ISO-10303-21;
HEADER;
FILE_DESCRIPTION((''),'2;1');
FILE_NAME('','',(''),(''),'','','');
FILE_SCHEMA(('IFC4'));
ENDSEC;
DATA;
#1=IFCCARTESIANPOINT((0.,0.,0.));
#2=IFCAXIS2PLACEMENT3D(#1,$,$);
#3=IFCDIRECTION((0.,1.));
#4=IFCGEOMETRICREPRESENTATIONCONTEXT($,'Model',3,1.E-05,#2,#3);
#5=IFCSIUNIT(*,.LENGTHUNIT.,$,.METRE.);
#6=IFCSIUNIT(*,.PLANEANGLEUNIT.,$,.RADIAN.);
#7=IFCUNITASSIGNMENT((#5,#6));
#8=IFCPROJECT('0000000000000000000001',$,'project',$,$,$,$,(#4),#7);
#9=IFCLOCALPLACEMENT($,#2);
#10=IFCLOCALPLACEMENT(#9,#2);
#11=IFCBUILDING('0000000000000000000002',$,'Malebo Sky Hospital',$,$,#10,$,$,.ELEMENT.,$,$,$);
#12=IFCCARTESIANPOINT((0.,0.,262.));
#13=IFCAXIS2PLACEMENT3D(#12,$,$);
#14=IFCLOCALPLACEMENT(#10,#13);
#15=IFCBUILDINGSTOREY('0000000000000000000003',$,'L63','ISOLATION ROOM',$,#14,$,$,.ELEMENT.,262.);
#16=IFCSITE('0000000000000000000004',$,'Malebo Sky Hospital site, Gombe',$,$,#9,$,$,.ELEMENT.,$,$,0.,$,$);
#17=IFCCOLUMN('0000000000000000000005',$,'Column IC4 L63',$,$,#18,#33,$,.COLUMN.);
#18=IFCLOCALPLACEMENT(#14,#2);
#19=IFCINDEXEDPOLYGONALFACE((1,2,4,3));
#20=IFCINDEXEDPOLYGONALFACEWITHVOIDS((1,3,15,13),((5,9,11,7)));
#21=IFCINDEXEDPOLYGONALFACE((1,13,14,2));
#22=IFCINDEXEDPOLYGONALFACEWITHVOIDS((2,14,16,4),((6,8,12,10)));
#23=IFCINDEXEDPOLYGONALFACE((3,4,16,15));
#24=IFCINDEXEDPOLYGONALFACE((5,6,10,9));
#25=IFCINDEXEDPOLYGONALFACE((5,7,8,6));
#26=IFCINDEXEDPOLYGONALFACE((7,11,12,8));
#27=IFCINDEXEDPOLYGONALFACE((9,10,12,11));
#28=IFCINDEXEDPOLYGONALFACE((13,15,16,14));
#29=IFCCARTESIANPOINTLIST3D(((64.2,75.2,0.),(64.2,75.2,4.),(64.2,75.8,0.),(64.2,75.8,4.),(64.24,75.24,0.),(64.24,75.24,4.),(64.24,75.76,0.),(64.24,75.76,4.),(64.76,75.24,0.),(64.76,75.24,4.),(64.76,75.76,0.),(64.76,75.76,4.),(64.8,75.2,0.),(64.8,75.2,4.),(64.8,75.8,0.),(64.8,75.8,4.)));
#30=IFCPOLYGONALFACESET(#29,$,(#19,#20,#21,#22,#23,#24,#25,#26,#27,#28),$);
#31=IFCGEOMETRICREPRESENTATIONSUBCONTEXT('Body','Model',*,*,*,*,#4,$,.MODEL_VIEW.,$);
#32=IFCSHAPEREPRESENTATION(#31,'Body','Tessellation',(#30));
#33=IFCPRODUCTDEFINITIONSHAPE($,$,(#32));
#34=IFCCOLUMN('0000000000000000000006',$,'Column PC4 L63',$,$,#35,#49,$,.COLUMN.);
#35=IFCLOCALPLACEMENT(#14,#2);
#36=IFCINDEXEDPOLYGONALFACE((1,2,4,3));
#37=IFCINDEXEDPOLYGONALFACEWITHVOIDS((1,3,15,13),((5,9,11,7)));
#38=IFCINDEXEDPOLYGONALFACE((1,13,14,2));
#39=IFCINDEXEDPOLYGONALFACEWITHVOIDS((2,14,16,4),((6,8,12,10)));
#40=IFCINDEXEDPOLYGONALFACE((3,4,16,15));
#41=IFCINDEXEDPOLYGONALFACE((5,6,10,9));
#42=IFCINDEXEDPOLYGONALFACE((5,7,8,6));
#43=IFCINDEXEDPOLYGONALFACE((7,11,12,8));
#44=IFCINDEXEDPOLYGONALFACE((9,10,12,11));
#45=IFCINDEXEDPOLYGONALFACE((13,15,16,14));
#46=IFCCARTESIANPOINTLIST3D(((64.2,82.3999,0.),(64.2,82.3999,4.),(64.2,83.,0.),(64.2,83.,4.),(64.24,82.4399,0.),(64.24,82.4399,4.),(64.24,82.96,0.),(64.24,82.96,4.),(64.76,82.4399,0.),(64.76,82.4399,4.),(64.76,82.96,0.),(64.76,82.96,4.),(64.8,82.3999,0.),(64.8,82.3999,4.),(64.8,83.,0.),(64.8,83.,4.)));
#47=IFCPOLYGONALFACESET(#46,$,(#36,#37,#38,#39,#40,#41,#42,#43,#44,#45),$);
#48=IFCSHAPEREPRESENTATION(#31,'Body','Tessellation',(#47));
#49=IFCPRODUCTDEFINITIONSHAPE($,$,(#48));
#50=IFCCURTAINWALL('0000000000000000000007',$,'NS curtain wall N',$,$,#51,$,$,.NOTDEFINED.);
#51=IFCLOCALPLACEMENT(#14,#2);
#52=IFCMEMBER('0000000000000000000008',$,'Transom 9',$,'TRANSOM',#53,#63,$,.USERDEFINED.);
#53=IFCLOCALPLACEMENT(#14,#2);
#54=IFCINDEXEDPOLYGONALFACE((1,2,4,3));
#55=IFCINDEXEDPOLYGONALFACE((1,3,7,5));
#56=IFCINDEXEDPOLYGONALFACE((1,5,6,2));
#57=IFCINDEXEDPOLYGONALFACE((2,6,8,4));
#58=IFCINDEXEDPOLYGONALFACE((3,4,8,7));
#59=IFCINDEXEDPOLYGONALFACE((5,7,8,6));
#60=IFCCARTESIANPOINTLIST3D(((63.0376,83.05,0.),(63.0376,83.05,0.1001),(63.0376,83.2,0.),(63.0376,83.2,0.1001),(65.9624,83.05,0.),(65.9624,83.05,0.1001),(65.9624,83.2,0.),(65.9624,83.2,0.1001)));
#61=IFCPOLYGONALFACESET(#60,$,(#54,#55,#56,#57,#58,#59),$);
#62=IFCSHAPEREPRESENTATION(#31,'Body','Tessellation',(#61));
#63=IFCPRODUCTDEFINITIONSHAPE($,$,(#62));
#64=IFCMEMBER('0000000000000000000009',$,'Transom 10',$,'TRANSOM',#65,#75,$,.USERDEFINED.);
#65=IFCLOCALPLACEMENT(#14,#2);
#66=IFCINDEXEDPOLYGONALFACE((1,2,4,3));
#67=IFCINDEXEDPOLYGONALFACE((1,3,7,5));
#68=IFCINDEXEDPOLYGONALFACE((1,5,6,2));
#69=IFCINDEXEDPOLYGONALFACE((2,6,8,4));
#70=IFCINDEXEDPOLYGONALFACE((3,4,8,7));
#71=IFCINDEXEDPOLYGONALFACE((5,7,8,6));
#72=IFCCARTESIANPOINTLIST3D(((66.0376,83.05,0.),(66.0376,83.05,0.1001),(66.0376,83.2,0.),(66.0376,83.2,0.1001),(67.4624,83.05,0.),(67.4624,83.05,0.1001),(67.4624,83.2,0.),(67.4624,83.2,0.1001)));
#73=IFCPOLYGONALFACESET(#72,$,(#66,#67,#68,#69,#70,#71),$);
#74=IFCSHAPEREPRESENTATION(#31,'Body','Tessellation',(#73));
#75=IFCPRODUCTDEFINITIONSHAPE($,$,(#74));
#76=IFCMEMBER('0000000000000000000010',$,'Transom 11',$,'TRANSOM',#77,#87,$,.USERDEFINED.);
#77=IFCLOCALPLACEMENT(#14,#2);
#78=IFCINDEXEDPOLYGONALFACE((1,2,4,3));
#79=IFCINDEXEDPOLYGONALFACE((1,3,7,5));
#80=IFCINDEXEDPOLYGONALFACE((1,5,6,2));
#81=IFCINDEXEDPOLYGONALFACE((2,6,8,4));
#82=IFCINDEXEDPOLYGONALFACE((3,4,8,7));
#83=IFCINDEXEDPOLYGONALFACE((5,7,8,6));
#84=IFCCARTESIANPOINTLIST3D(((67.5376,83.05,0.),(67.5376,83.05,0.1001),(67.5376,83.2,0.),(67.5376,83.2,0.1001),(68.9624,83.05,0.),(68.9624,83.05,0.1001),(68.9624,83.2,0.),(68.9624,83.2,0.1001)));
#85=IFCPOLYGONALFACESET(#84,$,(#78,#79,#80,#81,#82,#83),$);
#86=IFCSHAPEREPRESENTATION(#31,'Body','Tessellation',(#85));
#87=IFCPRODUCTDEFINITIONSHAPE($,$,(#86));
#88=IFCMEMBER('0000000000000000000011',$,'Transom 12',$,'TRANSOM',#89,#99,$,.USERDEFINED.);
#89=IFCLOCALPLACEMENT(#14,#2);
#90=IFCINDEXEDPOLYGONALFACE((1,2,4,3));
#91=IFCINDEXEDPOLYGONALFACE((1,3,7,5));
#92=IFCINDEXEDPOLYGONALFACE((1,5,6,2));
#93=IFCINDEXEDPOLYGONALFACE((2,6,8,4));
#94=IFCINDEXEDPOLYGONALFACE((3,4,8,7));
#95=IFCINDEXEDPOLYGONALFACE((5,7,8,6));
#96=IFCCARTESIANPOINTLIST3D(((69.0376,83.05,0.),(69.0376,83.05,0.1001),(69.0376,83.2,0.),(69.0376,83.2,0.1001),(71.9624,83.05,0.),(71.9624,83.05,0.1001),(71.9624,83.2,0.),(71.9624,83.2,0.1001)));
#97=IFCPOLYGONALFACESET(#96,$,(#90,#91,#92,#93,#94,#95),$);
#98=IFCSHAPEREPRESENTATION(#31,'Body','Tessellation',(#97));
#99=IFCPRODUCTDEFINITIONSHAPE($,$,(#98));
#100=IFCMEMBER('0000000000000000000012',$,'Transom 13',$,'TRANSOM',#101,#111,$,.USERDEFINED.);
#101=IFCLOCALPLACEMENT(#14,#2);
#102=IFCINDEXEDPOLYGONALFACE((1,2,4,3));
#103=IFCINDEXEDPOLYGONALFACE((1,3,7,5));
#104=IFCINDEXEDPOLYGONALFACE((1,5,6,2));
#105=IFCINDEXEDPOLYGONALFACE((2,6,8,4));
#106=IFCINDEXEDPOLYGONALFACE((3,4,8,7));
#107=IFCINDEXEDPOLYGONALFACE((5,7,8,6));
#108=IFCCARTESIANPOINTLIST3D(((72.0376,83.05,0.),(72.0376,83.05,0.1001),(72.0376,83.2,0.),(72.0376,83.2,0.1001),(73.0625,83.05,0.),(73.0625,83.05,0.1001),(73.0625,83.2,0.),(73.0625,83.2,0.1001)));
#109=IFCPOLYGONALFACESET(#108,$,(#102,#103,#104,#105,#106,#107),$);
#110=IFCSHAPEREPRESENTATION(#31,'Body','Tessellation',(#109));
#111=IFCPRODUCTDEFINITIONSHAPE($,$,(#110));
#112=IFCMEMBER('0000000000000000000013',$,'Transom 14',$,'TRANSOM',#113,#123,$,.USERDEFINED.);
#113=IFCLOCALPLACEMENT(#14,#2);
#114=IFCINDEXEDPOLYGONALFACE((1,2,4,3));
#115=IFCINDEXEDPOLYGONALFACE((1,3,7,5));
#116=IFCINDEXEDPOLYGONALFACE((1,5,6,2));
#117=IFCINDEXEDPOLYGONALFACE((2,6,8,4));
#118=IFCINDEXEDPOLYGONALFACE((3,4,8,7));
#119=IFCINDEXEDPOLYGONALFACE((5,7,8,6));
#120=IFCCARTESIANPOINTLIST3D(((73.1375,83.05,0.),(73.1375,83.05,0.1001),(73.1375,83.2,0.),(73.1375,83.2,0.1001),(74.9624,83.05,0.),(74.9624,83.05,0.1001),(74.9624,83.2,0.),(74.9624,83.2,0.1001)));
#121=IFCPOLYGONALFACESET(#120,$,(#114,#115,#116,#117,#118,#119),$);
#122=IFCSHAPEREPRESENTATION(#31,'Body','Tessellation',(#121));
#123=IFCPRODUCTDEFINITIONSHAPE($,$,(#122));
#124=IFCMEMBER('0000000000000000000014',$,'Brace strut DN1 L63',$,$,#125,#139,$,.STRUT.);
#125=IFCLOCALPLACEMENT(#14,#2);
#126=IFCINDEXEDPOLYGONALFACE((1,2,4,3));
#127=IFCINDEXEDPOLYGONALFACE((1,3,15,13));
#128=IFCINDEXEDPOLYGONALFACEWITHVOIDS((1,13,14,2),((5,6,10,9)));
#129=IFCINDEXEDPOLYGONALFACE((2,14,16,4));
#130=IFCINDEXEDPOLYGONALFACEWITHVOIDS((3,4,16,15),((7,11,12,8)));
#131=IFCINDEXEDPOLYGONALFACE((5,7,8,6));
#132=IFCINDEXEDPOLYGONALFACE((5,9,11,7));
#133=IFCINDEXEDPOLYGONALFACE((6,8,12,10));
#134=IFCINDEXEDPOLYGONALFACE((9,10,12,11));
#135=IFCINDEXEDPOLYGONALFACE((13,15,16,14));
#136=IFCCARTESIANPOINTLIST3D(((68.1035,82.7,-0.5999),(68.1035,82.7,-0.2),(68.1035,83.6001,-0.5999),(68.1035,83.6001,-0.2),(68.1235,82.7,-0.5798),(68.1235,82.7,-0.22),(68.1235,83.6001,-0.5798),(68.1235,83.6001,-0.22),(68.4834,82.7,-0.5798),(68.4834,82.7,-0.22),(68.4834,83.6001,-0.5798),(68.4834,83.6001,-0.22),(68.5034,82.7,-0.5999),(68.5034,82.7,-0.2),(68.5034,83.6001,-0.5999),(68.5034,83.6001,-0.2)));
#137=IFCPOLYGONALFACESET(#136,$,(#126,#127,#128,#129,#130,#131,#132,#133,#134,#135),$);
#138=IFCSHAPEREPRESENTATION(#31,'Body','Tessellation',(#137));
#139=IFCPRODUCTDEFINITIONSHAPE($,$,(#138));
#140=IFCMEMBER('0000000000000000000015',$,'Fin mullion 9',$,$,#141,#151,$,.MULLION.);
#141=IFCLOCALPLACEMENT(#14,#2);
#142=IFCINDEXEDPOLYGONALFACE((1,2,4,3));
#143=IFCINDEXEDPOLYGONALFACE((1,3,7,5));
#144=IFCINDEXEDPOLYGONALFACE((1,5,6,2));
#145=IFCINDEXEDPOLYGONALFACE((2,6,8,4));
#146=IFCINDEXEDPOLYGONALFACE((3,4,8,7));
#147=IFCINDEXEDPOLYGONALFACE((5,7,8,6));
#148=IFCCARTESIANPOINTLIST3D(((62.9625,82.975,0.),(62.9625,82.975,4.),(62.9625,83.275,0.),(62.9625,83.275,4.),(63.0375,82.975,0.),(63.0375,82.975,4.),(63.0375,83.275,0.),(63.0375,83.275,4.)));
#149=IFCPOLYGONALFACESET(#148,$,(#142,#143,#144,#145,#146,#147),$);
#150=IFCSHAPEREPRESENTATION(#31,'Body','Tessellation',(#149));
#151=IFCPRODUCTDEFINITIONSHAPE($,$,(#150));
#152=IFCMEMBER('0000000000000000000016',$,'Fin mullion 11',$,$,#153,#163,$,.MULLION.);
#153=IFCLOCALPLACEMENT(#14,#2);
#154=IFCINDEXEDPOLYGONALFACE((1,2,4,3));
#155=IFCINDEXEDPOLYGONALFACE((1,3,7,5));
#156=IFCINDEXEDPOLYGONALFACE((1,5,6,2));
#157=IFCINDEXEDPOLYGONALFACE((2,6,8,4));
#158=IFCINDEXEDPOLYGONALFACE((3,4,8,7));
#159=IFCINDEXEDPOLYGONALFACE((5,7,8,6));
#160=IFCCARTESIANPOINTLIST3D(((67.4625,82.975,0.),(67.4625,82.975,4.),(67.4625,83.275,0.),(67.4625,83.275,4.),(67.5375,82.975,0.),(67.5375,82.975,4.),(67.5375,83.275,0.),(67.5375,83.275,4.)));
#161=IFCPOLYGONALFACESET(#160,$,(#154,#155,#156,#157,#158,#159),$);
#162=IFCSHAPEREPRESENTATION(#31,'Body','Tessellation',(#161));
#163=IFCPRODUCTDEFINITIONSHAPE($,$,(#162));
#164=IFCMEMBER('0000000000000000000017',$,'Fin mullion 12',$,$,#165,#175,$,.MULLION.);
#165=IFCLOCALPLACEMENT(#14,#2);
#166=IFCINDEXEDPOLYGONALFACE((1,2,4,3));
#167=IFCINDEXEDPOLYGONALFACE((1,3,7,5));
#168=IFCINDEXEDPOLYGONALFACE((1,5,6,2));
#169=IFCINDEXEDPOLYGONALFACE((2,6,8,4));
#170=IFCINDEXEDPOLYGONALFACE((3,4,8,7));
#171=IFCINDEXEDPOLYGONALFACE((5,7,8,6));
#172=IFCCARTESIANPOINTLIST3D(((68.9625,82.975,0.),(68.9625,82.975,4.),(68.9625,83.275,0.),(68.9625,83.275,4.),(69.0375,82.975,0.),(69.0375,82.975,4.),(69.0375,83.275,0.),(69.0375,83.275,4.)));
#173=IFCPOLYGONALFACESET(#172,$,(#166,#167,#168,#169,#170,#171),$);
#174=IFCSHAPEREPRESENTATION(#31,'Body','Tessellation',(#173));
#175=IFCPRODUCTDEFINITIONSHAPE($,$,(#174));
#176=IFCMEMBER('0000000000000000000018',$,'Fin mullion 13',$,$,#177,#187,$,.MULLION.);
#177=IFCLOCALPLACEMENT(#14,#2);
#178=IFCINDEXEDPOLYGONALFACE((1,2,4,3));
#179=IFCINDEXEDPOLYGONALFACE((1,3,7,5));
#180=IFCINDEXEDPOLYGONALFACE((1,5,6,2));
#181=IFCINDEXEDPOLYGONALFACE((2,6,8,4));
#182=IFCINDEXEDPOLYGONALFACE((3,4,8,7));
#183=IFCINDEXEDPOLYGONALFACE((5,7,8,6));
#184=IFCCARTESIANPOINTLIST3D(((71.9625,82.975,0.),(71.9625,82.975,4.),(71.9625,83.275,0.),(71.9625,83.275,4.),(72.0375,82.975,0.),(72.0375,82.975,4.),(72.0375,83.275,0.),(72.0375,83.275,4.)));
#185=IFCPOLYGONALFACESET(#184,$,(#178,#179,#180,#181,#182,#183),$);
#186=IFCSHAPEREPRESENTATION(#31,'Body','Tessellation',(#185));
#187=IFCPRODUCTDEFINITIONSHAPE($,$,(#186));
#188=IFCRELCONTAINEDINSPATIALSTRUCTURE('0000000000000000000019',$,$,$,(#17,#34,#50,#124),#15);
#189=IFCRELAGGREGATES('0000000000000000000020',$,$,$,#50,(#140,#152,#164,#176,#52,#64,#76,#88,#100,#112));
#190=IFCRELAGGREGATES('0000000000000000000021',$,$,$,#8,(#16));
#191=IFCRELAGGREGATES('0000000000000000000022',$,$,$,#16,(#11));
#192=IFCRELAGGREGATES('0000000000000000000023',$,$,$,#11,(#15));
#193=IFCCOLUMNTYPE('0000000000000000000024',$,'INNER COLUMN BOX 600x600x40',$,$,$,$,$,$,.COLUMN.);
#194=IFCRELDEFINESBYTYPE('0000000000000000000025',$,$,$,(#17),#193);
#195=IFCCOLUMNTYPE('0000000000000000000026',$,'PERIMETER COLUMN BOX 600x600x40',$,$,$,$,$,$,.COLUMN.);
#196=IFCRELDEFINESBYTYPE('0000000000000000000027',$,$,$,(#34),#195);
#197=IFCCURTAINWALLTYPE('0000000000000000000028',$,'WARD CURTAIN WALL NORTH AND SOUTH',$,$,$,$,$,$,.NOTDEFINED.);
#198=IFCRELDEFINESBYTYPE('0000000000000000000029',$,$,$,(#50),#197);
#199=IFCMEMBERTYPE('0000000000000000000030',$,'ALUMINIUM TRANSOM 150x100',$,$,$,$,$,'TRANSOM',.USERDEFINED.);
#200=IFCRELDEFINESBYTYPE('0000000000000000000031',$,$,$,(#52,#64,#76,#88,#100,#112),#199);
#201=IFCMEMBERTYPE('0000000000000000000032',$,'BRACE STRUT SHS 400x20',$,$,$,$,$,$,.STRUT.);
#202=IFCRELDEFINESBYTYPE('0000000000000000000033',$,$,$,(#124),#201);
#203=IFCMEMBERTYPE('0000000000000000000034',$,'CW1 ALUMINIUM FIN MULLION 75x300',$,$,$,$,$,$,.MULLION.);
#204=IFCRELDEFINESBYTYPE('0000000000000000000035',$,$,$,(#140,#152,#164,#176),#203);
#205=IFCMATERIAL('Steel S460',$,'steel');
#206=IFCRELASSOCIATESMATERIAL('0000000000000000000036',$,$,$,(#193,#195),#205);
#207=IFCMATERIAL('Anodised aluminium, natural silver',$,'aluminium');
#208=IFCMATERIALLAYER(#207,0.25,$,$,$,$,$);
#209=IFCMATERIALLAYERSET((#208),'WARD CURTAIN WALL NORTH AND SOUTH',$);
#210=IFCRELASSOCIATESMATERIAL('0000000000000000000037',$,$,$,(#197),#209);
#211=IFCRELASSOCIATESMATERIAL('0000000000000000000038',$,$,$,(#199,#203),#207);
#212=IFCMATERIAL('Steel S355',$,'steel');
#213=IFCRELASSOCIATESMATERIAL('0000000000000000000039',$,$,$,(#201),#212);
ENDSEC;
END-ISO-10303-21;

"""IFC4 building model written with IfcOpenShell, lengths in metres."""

from ifc_helpers import new_model, si_unit, direction, frame, origin, origin_2d, place, context, subcontext, project, spatial, rectangle, hollow_rectangle, extrude, material, layer, layer_set, material_profile, profile_set, type_object, element, aggregate, save


model = new_model("IFC4")

# Units and contexts
model_context = context("Model", 3, precision=1e-05, world=origin(), true_north=direction((0.0, 1.0)))
body_context = subcontext(model_context, "Body", "Model", "MODEL_VIEW")
ifc_project = project(units=[si_unit("LENGTHUNIT", "METRE"), si_unit("PLANEANGLEUNIT", "RADIAN")], contexts=[model_context])

# Site, building, storey
site_placement = place(None, origin())
site = spatial("IfcSite", under=ifc_project, at=site_placement, Name="Malebo Sky Hospital site, Gombe", CompositionType="ELEMENT", RefElevation=0.0)
building_placement = place(site_placement, origin())
building = spatial("IfcBuilding", under=site, at=building_placement, Name="Malebo Sky Hospital", CompositionType="ELEMENT")
storey_placement = place(building_placement, frame((0.0, 0.0, 262.0)))
storey = spatial("IfcBuildingStorey", under=building, at=storey_placement, Name="L63", Description="ISOLATION ROOM", CompositionType="ELEMENT", Elevation=262.0)

# Columns
ifc_material_1 = material(Name="Steel S460", Category="steel")
ifc_material_profile_1 = material_profile(ifc_material_1, hollow_rectangle(XDim=0.6001, YDim=0.6001, WallThickness=0.04, at=origin_2d()), Name="BOX 600x600x40")
ifc_profile_set_1 = profile_set([ifc_material_profile_1], Name="Steel S460")
column_type_1 = type_object("IfcColumnType", Name="INNER COLUMN BOX 600x600x40", PredefinedType="COLUMN", material=ifc_profile_set_1)
column_1_placement = place(storey_placement, frame((64.5, 75.5, 0.0), z_axis=(0.0, 0.0, 1.0), x_axis=(1.0, 0.0, 0.0)))
element("IfcColumn", 1, at=column_1_placement, inside=storey, type_object=column_type_1, Name="Column IC4 L63", PredefinedType="COLUMN", context=body_context, shape_type="SweptSolid", body=[
    extrude(hollow_rectangle(XDim=0.6001, YDim=0.6001, WallThickness=0.04, at=origin_2d()), origin(), (0.0, 0.0, 1.0), 4.0),
])
ifc_material_profile_2 = material_profile(ifc_material_1, hollow_rectangle(XDim=0.6001, YDim=0.6001, WallThickness=0.04, at=origin_2d()), Name="BOX 600x600x40")
ifc_profile_set_2 = profile_set([ifc_material_profile_2], Name="Steel S460")
column_type_2 = type_object("IfcColumnType", Name="PERIMETER COLUMN BOX 600x600x40", PredefinedType="COLUMN", material=ifc_profile_set_2)
column_2_placement = place(storey_placement, frame((64.5, 82.7, 0.0), z_axis=(0.0, 0.0, 1.0), x_axis=(1.0, 0.0, 0.0)))
element("IfcColumn", 2, at=column_2_placement, inside=storey, type_object=column_type_2, Name="Column PC4 L63", PredefinedType="COLUMN", context=body_context, shape_type="SweptSolid", body=[
    extrude(hollow_rectangle(XDim=0.6001, YDim=0.6001, WallThickness=0.04, at=origin_2d()), origin(), (0.0, 0.0, 1.0), 4.0),
])

# Curtain wall, members
ifc_material_2 = material(Name="Anodised aluminium, natural silver", Category="aluminium")
ifc_layer_1 = layer(ifc_material_2, 0.25)
ifc_layer_set_1 = layer_set([ifc_layer_1], Name="WARD CURTAIN WALL NORTH AND SOUTH")
curtain_wall_type = type_object("IfcCurtainWallType", Name="WARD CURTAIN WALL NORTH AND SOUTH", PredefinedType="NOTDEFINED", material=ifc_layer_set_1)
curtain_wall_placement = place(storey_placement, origin())
curtain_wall = element("IfcCurtainWall", 3, at=curtain_wall_placement, inside=storey, type_object=curtain_wall_type, Name="NS curtain wall N", PredefinedType="NOTDEFINED")
ifc_material_profile_3 = material_profile(ifc_material_2, rectangle(XDim=0.1499, YDim=0.1001, at=origin_2d()), Name="ALUMINIUM TRANSOM 150x100")
ifc_profile_set_3 = profile_set([ifc_material_profile_3], Name="Anodised aluminium, natural silver")
member_type_1 = type_object("IfcMemberType", Name="ALUMINIUM TRANSOM 150x100", ElementType="TRANSOM", PredefinedType="USERDEFINED", material=ifc_profile_set_3)
member_1_placement = place(storey_placement, frame((63.0376, 83.125, 0.05), z_axis=(1.0, 0.0, 0.0), x_axis=(0.0, 1.0, 0.0)))
member_1 = element("IfcMember", 4, at=member_1_placement, type_object=member_type_1, Name="Transom 9", ObjectType="TRANSOM", PredefinedType="USERDEFINED", context=body_context, shape_type="SweptSolid", body=[
    extrude(rectangle(XDim=0.1499, YDim=0.1001, at=origin_2d()), origin(), (0.0, 0.0, 1.0), 2.9248),
])
member_2_placement = place(storey_placement, frame((66.0376, 83.125, 0.05), z_axis=(1.0, 0.0, 0.0), x_axis=(0.0, 1.0, 0.0)))
member_2 = element("IfcMember", 5, at=member_2_placement, type_object=member_type_1, Name="Transom 10", ObjectType="TRANSOM", PredefinedType="USERDEFINED", context=body_context, shape_type="SweptSolid", body=[
    extrude(rectangle(XDim=0.1499, YDim=0.1001, at=origin_2d()), origin(), (0.0, 0.0, 1.0), 1.4248),
])
member_3_placement = place(storey_placement, frame((67.5376, 83.125, 0.05), z_axis=(1.0, 0.0, 0.0), x_axis=(0.0, 1.0, 0.0)))
member_3 = element("IfcMember", 6, at=member_3_placement, type_object=member_type_1, Name="Transom 11", ObjectType="TRANSOM", PredefinedType="USERDEFINED", context=body_context, shape_type="SweptSolid", body=[
    extrude(rectangle(XDim=0.1499, YDim=0.1001, at=origin_2d()), origin(), (0.0, 0.0, 1.0), 1.4248),
])
member_4_placement = place(storey_placement, frame((69.0376, 83.125, 0.05), z_axis=(1.0, 0.0, 0.0), x_axis=(0.0, 1.0, 0.0)))
member_4 = element("IfcMember", 7, at=member_4_placement, type_object=member_type_1, Name="Transom 12", ObjectType="TRANSOM", PredefinedType="USERDEFINED", context=body_context, shape_type="SweptSolid", body=[
    extrude(rectangle(XDim=0.1499, YDim=0.1001, at=origin_2d()), origin(), (0.0, 0.0, 1.0), 2.9248),
])
member_5_placement = place(storey_placement, frame((72.0376, 83.125, 0.05), z_axis=(1.0, 0.0, 0.0), x_axis=(0.0, 1.0, 0.0)))
member_5 = element("IfcMember", 8, at=member_5_placement, type_object=member_type_1, Name="Transom 13", ObjectType="TRANSOM", PredefinedType="USERDEFINED", context=body_context, shape_type="SweptSolid", body=[
    extrude(rectangle(XDim=0.1499, YDim=0.1001, at=origin_2d()), origin(), (0.0, 0.0, 1.0), 1.0249),
])
member_6_placement = place(storey_placement, frame((73.1375, 83.125, 0.05), z_axis=(1.0, 0.0, 0.0), x_axis=(0.0, 1.0, 0.0)))
member_6 = element("IfcMember", 9, at=member_6_placement, type_object=member_type_1, Name="Transom 14", ObjectType="TRANSOM", PredefinedType="USERDEFINED", context=body_context, shape_type="SweptSolid", body=[
    extrude(rectangle(XDim=0.1499, YDim=0.1001, at=origin_2d()), origin(), (0.0, 0.0, 1.0), 1.825),
])

# Members
ifc_material_3 = material(Name="Steel S355", Category="steel")
ifc_material_profile_4 = material_profile(ifc_material_3, hollow_rectangle(XDim=0.3999, YDim=0.3999, WallThickness=0.02, at=origin_2d()), Name="SHS 400x20")
ifc_profile_set_4 = profile_set([ifc_material_profile_4], Name="Steel S355")
member_type_2 = type_object("IfcMemberType", Name="BRACE STRUT SHS 400x20", PredefinedType="STRUT", material=ifc_profile_set_4)
member_7_placement = place(storey_placement, frame((68.3035, 83.6001, -0.3999), z_axis=(0.0, -1.0, 0.0), x_axis=(1.0, 0.0, 0.0)))
element("IfcMember", 10, at=member_7_placement, inside=storey, type_object=member_type_2, Name="Brace strut DN1 L63", PredefinedType="STRUT", context=body_context, shape_type="SweptSolid", body=[
    extrude(hollow_rectangle(XDim=0.3999, YDim=0.3999, WallThickness=0.02, at=origin_2d()), origin(), (0.0, 0.0, 1.0), 0.9001),
])
ifc_material_profile_5 = material_profile(ifc_material_2, rectangle(XDim=0.075, YDim=0.3, at=origin_2d()), Name="CW1 ALUMINIUM FIN MULLION 75x300")
ifc_profile_set_5 = profile_set([ifc_material_profile_5], Name="Anodised aluminium, natural silver")
member_type_3 = type_object("IfcMemberType", Name="CW1 ALUMINIUM FIN MULLION 75x300", PredefinedType="MULLION", material=ifc_profile_set_5)
member_8_placement = place(storey_placement, frame((63.0, 83.125, 0.0), z_axis=(0.0, 0.0, 1.0), x_axis=(1.0, 0.0, 0.0)))
member_8 = element("IfcMember", 11, at=member_8_placement, type_object=member_type_3, Name="Fin mullion 9", PredefinedType="MULLION", context=body_context, shape_type="SweptSolid", body=[
    extrude(rectangle(XDim=0.075, YDim=0.3, at=origin_2d()), origin(), (0.0, 0.0, 1.0), 4.0),
])
member_9_placement = place(storey_placement, frame((67.5, 83.125, 0.0), z_axis=(0.0, 0.0, 1.0), x_axis=(1.0, 0.0, 0.0)))
member_9 = element("IfcMember", 12, at=member_9_placement, type_object=member_type_3, Name="Fin mullion 11", PredefinedType="MULLION", context=body_context, shape_type="SweptSolid", body=[
    extrude(rectangle(XDim=0.075, YDim=0.3, at=origin_2d()), origin(), (0.0, 0.0, 1.0), 4.0),
])
member_10_placement = place(storey_placement, frame((69.0, 83.125, 0.0), z_axis=(0.0, 0.0, 1.0), x_axis=(1.0, 0.0, 0.0)))
member_10 = element("IfcMember", 13, at=member_10_placement, type_object=member_type_3, Name="Fin mullion 12", PredefinedType="MULLION", context=body_context, shape_type="SweptSolid", body=[
    extrude(rectangle(XDim=0.075, YDim=0.3, at=origin_2d()), origin(), (0.0, 0.0, 1.0), 4.0),
])
member_11_placement = place(storey_placement, frame((72.0, 83.125, 0.0), z_axis=(0.0, 0.0, 1.0), x_axis=(1.0, 0.0, 0.0)))
member_11 = element("IfcMember", 14, at=member_11_placement, type_object=member_type_3, Name="Fin mullion 13", PredefinedType="MULLION", context=body_context, shape_type="SweptSolid", body=[
    extrude(rectangle(XDim=0.075, YDim=0.3, at=origin_2d()), origin(), (0.0, 0.0, 1.0), 4.0),
])

aggregate(curtain_wall, [member_8, member_9, member_10, member_11, member_1, member_2, member_3, member_4, member_5, member_6])

save(model, "model.ifc")
